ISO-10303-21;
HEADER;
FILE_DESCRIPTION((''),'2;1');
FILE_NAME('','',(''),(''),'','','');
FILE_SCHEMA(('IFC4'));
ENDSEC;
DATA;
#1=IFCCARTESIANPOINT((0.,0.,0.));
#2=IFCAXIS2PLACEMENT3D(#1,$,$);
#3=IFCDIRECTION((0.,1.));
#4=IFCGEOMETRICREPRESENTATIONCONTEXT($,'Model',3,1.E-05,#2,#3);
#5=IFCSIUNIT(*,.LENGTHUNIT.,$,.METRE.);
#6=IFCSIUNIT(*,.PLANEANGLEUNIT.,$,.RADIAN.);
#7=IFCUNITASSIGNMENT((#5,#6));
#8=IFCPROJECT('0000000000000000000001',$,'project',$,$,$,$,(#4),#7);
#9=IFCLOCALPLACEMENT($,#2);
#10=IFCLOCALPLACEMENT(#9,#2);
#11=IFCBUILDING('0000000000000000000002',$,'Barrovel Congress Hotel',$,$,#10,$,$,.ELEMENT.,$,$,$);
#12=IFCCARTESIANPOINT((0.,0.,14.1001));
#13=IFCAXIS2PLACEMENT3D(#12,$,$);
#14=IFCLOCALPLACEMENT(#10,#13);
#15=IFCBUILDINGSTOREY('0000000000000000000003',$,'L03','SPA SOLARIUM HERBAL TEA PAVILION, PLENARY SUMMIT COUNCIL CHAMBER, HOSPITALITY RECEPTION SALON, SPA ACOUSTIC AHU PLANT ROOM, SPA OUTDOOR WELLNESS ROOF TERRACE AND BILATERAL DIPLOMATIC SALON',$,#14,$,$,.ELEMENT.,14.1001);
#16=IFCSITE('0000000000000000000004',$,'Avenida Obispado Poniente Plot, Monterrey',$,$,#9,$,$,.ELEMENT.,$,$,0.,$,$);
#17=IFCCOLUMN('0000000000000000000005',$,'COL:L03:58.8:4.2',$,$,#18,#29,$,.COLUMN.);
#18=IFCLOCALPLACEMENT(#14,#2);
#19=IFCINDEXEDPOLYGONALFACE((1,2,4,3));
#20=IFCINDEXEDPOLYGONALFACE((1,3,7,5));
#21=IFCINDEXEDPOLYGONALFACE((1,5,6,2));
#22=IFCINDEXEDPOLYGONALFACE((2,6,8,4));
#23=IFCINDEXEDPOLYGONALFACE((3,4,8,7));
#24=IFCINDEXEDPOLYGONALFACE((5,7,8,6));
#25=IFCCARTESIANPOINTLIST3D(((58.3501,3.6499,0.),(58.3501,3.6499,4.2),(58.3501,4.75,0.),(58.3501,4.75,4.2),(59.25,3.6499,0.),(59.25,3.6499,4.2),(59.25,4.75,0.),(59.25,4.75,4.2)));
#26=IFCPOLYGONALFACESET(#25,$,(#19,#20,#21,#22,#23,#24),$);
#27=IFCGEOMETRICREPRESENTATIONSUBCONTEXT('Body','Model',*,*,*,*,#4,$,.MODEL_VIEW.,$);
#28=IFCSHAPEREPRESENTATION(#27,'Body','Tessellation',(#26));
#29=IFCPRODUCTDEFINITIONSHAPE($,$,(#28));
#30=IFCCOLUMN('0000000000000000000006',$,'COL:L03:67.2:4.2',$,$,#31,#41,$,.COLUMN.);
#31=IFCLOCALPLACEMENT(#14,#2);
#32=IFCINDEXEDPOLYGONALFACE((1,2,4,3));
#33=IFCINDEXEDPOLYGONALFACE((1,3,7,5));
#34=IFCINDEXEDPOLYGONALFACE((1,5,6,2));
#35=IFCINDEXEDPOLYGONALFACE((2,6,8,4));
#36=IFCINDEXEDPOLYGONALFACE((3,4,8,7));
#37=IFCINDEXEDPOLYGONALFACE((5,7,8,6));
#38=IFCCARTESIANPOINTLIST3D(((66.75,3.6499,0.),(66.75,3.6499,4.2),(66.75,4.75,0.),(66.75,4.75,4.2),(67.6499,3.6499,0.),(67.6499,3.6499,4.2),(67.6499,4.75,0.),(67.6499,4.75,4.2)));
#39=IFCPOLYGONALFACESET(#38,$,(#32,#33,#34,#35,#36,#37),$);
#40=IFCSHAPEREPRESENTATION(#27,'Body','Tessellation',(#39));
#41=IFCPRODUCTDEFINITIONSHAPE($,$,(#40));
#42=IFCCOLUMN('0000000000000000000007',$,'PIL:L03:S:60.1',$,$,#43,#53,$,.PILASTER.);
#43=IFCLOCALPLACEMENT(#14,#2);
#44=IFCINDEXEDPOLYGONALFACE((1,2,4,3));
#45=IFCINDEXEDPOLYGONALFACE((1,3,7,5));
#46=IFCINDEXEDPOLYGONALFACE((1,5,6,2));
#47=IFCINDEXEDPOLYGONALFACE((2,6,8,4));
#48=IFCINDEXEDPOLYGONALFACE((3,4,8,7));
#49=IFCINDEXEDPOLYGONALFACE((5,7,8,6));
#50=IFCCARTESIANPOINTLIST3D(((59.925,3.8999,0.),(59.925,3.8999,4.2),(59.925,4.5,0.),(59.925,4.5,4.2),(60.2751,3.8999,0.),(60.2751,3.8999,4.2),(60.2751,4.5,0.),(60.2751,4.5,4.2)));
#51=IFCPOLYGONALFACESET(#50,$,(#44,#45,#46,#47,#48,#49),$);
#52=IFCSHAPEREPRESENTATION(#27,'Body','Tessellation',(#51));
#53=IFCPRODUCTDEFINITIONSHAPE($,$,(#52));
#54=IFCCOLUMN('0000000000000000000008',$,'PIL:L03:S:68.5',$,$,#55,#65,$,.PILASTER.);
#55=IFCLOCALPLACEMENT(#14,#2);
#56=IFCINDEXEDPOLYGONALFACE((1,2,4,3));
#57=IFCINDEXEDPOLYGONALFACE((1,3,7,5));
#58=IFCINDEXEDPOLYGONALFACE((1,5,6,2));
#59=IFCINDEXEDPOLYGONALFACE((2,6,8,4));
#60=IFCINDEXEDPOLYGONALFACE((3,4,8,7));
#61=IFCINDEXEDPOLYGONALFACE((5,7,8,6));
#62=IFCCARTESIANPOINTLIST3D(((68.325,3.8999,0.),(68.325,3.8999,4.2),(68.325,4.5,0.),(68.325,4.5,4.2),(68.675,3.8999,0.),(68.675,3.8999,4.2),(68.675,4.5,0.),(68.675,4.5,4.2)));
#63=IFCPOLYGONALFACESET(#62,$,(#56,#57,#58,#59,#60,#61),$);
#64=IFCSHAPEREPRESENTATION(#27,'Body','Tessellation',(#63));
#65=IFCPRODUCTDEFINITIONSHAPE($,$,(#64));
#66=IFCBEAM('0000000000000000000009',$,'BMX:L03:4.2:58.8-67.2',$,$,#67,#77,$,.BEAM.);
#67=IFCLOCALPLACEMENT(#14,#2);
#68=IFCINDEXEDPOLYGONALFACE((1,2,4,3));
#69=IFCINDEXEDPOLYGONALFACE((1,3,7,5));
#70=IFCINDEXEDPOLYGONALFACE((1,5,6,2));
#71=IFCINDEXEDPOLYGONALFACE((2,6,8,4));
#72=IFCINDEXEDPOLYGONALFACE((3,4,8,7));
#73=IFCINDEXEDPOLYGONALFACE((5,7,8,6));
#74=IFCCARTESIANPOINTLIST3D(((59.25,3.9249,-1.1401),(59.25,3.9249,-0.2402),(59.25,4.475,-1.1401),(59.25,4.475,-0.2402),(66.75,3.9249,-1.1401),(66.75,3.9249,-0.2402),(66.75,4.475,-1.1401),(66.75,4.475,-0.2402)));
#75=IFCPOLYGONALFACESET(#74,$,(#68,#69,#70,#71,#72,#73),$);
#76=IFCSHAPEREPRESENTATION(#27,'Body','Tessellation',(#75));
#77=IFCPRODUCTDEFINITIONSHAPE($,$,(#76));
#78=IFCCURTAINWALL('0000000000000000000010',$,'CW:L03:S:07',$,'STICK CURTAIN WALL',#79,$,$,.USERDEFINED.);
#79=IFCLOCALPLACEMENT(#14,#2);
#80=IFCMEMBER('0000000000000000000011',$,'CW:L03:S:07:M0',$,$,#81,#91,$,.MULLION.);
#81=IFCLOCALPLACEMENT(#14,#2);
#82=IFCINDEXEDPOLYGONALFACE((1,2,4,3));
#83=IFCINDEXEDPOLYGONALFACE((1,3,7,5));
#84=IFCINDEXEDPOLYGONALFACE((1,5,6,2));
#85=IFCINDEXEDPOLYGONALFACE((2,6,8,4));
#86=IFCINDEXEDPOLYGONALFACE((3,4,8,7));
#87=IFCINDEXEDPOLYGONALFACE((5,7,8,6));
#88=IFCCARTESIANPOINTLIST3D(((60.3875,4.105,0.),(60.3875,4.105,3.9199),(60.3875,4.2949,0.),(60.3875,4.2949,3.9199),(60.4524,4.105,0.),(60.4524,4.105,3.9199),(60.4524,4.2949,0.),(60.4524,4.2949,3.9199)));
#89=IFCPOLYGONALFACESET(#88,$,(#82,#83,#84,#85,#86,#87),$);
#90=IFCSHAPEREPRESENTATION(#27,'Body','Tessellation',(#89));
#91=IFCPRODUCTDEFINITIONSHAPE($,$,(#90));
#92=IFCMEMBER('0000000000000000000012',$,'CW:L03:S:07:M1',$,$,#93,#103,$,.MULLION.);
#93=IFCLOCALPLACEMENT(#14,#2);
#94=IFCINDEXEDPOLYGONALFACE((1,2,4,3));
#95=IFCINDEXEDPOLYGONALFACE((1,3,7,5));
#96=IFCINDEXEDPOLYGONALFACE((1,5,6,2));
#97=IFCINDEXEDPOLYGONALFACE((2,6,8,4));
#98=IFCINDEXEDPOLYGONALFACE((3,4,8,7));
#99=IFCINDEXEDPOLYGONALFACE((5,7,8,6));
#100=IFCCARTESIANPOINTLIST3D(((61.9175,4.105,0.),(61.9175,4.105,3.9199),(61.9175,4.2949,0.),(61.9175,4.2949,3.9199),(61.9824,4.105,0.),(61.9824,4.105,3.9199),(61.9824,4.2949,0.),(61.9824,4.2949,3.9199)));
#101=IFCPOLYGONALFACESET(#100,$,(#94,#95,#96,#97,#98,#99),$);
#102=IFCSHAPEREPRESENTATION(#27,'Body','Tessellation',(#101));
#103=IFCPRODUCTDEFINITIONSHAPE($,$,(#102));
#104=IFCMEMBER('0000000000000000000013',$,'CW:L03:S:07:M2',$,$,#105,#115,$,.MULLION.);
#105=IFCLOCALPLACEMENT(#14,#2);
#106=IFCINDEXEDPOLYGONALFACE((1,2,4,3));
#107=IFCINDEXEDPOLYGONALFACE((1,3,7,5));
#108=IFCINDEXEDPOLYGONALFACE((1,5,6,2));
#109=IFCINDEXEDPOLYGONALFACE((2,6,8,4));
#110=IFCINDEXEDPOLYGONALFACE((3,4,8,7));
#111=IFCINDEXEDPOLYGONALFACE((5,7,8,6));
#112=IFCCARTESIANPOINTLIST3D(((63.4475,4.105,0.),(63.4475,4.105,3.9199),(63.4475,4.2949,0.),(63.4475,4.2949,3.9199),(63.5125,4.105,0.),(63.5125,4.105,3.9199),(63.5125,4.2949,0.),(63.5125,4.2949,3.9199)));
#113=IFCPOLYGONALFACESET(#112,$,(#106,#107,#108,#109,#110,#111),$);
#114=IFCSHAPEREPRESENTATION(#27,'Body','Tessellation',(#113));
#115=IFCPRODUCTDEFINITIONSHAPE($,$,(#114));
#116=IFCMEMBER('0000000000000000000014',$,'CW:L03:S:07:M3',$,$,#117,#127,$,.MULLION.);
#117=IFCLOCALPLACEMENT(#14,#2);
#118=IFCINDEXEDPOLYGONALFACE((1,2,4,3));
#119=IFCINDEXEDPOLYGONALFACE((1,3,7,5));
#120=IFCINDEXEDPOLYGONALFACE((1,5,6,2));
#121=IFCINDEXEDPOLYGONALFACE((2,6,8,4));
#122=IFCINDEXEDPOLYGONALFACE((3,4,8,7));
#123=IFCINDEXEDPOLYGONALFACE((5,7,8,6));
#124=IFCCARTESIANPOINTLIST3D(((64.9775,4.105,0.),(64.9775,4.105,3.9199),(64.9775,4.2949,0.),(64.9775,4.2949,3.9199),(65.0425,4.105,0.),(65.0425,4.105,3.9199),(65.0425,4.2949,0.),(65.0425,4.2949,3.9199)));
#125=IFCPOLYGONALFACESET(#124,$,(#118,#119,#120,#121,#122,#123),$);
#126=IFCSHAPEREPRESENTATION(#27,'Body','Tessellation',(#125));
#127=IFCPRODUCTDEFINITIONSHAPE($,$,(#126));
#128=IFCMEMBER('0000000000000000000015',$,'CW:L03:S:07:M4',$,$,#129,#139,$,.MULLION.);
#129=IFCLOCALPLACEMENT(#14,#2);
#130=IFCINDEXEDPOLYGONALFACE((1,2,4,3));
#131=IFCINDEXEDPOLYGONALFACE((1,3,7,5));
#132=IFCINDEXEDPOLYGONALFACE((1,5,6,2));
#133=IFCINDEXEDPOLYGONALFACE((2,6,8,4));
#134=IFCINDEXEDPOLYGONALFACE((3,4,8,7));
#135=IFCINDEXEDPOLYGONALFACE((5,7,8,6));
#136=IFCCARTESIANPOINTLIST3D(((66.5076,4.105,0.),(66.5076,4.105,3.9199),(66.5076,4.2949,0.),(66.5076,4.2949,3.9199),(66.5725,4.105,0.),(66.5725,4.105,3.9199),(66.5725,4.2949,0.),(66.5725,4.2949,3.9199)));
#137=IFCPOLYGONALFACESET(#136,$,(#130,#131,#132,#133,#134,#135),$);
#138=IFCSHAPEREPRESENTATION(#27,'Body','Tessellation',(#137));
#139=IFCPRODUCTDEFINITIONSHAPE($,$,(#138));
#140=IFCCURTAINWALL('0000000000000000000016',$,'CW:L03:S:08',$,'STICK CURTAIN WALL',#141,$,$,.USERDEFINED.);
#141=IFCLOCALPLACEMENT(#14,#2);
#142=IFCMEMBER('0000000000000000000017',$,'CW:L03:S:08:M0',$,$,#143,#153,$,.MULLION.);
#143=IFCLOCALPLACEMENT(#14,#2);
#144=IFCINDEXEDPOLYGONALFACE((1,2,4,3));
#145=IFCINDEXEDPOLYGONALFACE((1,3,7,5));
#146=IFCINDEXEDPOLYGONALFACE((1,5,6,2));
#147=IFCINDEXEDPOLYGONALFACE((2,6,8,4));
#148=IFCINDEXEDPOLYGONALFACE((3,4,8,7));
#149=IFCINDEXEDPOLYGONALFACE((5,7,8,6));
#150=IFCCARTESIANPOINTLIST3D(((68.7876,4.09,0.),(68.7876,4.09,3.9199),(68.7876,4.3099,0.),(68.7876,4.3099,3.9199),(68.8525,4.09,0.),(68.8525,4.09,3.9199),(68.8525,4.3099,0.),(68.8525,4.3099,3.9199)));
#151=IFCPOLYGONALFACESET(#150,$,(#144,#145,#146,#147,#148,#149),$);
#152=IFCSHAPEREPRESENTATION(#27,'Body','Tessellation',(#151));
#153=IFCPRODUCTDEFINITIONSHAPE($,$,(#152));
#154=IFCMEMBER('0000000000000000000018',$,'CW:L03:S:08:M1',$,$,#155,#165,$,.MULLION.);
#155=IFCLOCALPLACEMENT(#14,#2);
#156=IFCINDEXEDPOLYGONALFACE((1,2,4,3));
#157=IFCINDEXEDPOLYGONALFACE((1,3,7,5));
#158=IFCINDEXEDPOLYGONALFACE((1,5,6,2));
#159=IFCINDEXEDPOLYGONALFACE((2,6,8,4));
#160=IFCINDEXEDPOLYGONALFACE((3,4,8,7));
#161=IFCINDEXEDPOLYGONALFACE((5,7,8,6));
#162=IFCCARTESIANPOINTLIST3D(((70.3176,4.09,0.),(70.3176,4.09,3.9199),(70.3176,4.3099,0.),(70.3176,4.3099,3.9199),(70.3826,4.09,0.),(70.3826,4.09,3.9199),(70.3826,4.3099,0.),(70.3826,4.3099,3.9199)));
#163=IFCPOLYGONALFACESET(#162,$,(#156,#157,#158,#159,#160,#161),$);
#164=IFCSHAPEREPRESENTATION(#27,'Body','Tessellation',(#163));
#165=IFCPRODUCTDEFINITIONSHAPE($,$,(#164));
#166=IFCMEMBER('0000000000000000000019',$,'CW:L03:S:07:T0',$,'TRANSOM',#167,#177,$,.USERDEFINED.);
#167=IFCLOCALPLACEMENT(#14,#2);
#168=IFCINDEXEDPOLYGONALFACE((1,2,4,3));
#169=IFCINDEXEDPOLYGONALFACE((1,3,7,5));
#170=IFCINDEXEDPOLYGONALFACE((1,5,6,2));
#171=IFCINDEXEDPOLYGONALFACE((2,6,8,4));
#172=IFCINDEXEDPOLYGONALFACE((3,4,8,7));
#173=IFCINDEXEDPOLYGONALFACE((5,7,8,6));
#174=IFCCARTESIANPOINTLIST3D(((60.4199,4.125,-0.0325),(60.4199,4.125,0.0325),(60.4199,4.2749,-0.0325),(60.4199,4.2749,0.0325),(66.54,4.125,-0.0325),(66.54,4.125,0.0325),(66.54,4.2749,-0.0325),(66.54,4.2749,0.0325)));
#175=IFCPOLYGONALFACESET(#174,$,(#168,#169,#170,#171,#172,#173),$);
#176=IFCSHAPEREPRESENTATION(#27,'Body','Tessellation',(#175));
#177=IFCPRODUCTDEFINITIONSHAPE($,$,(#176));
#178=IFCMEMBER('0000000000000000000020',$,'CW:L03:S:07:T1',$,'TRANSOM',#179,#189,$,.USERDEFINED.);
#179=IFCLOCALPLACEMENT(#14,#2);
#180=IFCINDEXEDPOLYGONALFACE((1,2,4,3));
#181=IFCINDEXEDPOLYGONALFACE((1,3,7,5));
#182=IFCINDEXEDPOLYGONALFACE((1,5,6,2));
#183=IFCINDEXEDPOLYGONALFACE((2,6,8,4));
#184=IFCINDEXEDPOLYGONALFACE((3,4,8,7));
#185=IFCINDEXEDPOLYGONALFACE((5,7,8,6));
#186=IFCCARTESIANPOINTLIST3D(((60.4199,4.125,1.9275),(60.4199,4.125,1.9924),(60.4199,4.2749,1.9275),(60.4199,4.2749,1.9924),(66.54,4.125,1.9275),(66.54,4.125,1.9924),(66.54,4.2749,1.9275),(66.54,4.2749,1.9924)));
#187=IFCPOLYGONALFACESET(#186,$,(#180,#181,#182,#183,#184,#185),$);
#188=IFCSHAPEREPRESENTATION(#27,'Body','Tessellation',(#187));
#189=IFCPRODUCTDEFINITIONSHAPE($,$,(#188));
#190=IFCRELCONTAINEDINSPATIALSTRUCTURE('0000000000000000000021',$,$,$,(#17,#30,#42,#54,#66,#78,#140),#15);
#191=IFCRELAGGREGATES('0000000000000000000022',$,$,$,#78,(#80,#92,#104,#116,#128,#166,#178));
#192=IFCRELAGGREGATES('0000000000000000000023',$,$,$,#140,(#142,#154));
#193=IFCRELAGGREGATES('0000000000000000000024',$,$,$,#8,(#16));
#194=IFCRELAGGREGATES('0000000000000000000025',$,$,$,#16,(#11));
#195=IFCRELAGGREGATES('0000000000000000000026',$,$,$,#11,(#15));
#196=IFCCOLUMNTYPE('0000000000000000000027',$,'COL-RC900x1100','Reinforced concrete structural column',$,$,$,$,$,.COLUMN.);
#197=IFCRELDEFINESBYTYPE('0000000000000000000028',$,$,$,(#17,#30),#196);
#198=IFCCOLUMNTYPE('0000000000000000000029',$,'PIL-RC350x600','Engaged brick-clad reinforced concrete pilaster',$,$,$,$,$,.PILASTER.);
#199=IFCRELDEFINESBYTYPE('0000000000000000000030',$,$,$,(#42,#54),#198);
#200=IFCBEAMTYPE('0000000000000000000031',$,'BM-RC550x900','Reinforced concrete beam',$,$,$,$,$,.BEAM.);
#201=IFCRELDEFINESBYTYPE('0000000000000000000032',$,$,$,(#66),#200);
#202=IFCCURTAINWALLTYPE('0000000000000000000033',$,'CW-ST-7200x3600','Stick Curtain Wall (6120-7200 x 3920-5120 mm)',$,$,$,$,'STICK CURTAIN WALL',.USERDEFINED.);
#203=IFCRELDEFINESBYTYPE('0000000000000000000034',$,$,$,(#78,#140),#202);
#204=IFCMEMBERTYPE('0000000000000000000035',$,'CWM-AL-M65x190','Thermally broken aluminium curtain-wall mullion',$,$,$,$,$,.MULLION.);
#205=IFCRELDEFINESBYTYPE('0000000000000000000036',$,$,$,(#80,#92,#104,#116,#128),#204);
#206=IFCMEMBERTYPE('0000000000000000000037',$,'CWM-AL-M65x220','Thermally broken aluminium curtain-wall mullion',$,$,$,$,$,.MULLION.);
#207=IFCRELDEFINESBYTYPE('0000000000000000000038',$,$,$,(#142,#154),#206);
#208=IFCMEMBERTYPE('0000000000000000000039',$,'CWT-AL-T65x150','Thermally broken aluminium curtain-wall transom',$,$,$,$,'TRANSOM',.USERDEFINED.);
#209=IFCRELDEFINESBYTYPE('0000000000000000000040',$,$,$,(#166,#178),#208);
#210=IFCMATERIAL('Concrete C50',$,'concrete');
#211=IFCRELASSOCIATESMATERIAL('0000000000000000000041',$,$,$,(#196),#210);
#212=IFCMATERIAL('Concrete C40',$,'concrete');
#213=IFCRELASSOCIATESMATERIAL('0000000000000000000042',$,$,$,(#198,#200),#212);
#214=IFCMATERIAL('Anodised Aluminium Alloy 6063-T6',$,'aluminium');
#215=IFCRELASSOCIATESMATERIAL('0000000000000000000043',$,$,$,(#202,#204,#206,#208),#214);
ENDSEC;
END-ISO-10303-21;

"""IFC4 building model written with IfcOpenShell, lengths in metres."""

from ifc_helpers import new_model, si_unit, direction, frame, origin, origin_2d, place, context, subcontext, project, spatial, rectangle, extrude, material, material_profile, profile_set, type_object, element, aggregate, save


model = new_model("IFC4")

# Units and contexts
model_context = context("Model", 3, precision=1e-05, world=origin(), true_north=direction((0.0, 1.0)))
body_context = subcontext(model_context, "Body", "Model", "MODEL_VIEW")
ifc_project = project(units=[si_unit("LENGTHUNIT", "METRE"), si_unit("PLANEANGLEUNIT", "RADIAN")], contexts=[model_context])

# Site, building, storey
site_placement = place(None, origin())
site = spatial("IfcSite", under=ifc_project, at=site_placement, Name="Avenida Obispado Poniente Plot, Monterrey", CompositionType="ELEMENT", RefElevation=0.0)
building_placement = place(site_placement, origin())
building = spatial("IfcBuilding", under=site, at=building_placement, Name="Barrovel Congress Hotel", CompositionType="ELEMENT")
storey_placement = place(building_placement, frame((0.0, 0.0, 14.1001)))
storey = spatial("IfcBuildingStorey", under=building, at=storey_placement, Name="L03", Description="SPA SOLARIUM HERBAL TEA PAVILION, PLENARY SUMMIT COUNCIL CHAMBER, HOSPITALITY RECEPTION SALON, SPA ACOUSTIC AHU PLANT ROOM, SPA OUTDOOR WELLNESS ROOF TERRACE AND BILATERAL DIPLOMATIC SALON", CompositionType="ELEMENT", Elevation=14.1001)

# Columns
ifc_material_1 = material(Name="Concrete C50", Category="concrete")
ifc_material_profile_1 = material_profile(ifc_material_1, rectangle(XDim=0.8999, YDim=1.1001, at=origin_2d()), Name="RC900x1100")
ifc_profile_set_1 = profile_set([ifc_material_profile_1], Name="Concrete C50")
column_type_1 = type_object("IfcColumnType", Name="COL-RC900x1100", Description="Reinforced concrete structural column", PredefinedType="COLUMN", material=ifc_profile_set_1)
for number, where, z_axis, x_axis, name in (
    (1, (58.8, 4.2, 0.0), (0.0, 0.0, 1.0), (1.0, 0.0, 0.0), "COL:L03:58.8:4.2"),
    (2, (67.2, 4.2, 0.0), (0.0, 0.0, 1.0), (1.0, 0.0, 0.0), "COL:L03:67.2:4.2"),
):
    element("IfcColumn", number, at=place(storey_placement, frame(where, z_axis=z_axis, x_axis=x_axis)), inside=storey, type_object=column_type_1, Name=name, PredefinedType="COLUMN", context=body_context, shape_type="SweptSolid", body=[
        extrude(rectangle(XDim=0.8999, YDim=1.1001, at=origin_2d()), origin(), (0.0, 0.0, 1.0), 4.2),
    ])
ifc_material_2 = material(Name="Concrete C40", Category="concrete")
ifc_material_profile_2 = material_profile(ifc_material_2, rectangle(XDim=0.3501, YDim=0.6001, at=origin_2d()), Name="RC350x600")
ifc_profile_set_2 = profile_set([ifc_material_profile_2], Name="Concrete C40")
column_type_2 = type_object("IfcColumnType", Name="PIL-RC350x600", Description="Engaged brick-clad reinforced concrete pilaster", PredefinedType="PILASTER", material=ifc_profile_set_2)
for number, where, z_axis, x_axis, name in (
    (3, (60.1001, 4.2, 0.0), (0.0, 0.0, 1.0), (1.0, 0.0, 0.0), "PIL:L03:S:60.1"),
    (4, (68.5, 4.2, 0.0), (0.0, 0.0, 1.0), (1.0, 0.0, 0.0), "PIL:L03:S:68.5"),
):
    element("IfcColumn", number, at=place(storey_placement, frame(where, z_axis=z_axis, x_axis=x_axis)), inside=storey, type_object=column_type_2, Name=name, PredefinedType="PILASTER", context=body_context, shape_type="SweptSolid", body=[
        extrude(rectangle(XDim=0.3501, YDim=0.6001, at=origin_2d()), origin(), (0.0, 0.0, 1.0), 4.2),
    ])

# Beam
ifc_material_profile_3 = material_profile(ifc_material_2, rectangle(XDim=0.55, YDim=0.8999, at=origin_2d()), Name="RC550x900")
ifc_profile_set_3 = profile_set([ifc_material_profile_3], Name="Concrete C40")
beam_type_1 = type_object("IfcBeamType", Name="BM-RC550x900", Description="Reinforced concrete beam", PredefinedType="BEAM", material=ifc_profile_set_3)
beam_1_placement = place(storey_placement, frame((59.25, 4.2, -0.6902), z_axis=(1.0, 0.0, 0.0), x_axis=(0.0, 1.0, 0.0)))
element("IfcBeam", 5, at=beam_1_placement, inside=storey, type_object=beam_type_1, Name="BMX:L03:4.2:58.8-67.2", PredefinedType="BEAM", context=body_context, shape_type="SweptSolid", body=[
    extrude(rectangle(XDim=0.55, YDim=0.8999, at=origin_2d()), origin(), (0.0, 0.0, 1.0), 7.5),
])

# Curtain walls, members
ifc_material_3 = material(Name="Anodised Aluminium Alloy 6063-T6", Category="aluminium")
curtain_wall_type = type_object("IfcCurtainWallType", Name="CW-ST-7200x3600", Description="Stick Curtain Wall (6120-7200 x 3920-5120 mm)", ElementType="STICK CURTAIN WALL", PredefinedType="USERDEFINED", material=ifc_material_3)
curtain_wall_1_placement = place(storey_placement, origin())
curtain_wall_1 = element("IfcCurtainWall", 6, at=curtain_wall_1_placement, inside=storey, type_object=curtain_wall_type, Name="CW:L03:S:07", ObjectType="STICK CURTAIN WALL", PredefinedType="USERDEFINED")
ifc_material_profile_4 = material_profile(ifc_material_3, rectangle(XDim=0.0649, YDim=0.1899, at=origin_2d()), Name="AL-M65x190")
ifc_profile_set_4 = profile_set([ifc_material_profile_4], Name="Anodised Aluminium Alloy 6063-T6")
member_type_1 = type_object("IfcMemberType", Name="CWM-AL-M65x190", Description="Thermally broken aluminium curtain-wall mullion", PredefinedType="MULLION", material=ifc_profile_set_4)
member_1_placement = place(storey_placement, frame((60.4199, 4.2, 0.0), z_axis=(0.0, 0.0, 1.0), x_axis=(1.0, 0.0, 0.0)))
member_1 = element("IfcMember", 7, at=member_1_placement, type_object=member_type_1, Name="CW:L03:S:07:M0", PredefinedType="MULLION", context=body_context, shape_type="SweptSolid", body=[
    extrude(rectangle(XDim=0.0649, YDim=0.1899, at=origin_2d()), origin(), (0.0, 0.0, 1.0), 3.9199),
])
member_2_placement = place(storey_placement, frame((61.95, 4.2, 0.0), z_axis=(0.0, 0.0, 1.0), x_axis=(1.0, 0.0, 0.0)))
member_2 = element("IfcMember", 8, at=member_2_placement, type_object=member_type_1, Name="CW:L03:S:07:M1", PredefinedType="MULLION", context=body_context, shape_type="SweptSolid", body=[
    extrude(rectangle(XDim=0.0649, YDim=0.1899, at=origin_2d()), origin(), (0.0, 0.0, 1.0), 3.9199),
])
member_3_placement = place(storey_placement, frame((63.48, 4.2, 0.0), z_axis=(0.0, 0.0, 1.0), x_axis=(1.0, 0.0, 0.0)))
member_3 = element("IfcMember", 9, at=member_3_placement, type_object=member_type_1, Name="CW:L03:S:07:M2", PredefinedType="MULLION", context=body_context, shape_type="SweptSolid", body=[
    extrude(rectangle(XDim=0.0649, YDim=0.1899, at=origin_2d()), origin(), (0.0, 0.0, 1.0), 3.9199),
])
member_4_placement = place(storey_placement, frame((65.01, 4.2, 0.0), z_axis=(0.0, 0.0, 1.0), x_axis=(1.0, 0.0, 0.0)))
member_4 = element("IfcMember", 10, at=member_4_placement, type_object=member_type_1, Name="CW:L03:S:07:M3", PredefinedType="MULLION", context=body_context, shape_type="SweptSolid", body=[
    extrude(rectangle(XDim=0.0649, YDim=0.1899, at=origin_2d()), origin(), (0.0, 0.0, 1.0), 3.9199),
])
member_5_placement = place(storey_placement, frame((66.54, 4.2, 0.0), z_axis=(0.0, 0.0, 1.0), x_axis=(1.0, 0.0, 0.0)))
member_5 = element("IfcMember", 11, at=member_5_placement, type_object=member_type_1, Name="CW:L03:S:07:M4", PredefinedType="MULLION", context=body_context, shape_type="SweptSolid", body=[
    extrude(rectangle(XDim=0.0649, YDim=0.1899, at=origin_2d()), origin(), (0.0, 0.0, 1.0), 3.9199),
])
curtain_wall_2_placement = place(storey_placement, origin())
curtain_wall_2 = element("IfcCurtainWall", 12, at=curtain_wall_2_placement, inside=storey, type_object=curtain_wall_type, Name="CW:L03:S:08", ObjectType="STICK CURTAIN WALL", PredefinedType="USERDEFINED")
ifc_material_profile_5 = material_profile(ifc_material_3, rectangle(XDim=0.0649, YDim=0.22, at=origin_2d()), Name="AL-M65x220")
ifc_profile_set_5 = profile_set([ifc_material_profile_5], Name="Anodised Aluminium Alloy 6063-T6")
member_type_2 = type_object("IfcMemberType", Name="CWM-AL-M65x220", Description="Thermally broken aluminium curtain-wall mullion", PredefinedType="MULLION", material=ifc_profile_set_5)
member_6_placement = place(storey_placement, frame((68.8201, 4.2, 0.0), z_axis=(0.0, 0.0, 1.0), x_axis=(1.0, 0.0, 0.0)))
member_6 = element("IfcMember", 13, at=member_6_placement, type_object=member_type_2, Name="CW:L03:S:08:M0", PredefinedType="MULLION", context=body_context, shape_type="SweptSolid", body=[
    extrude(rectangle(XDim=0.0649, YDim=0.22, at=origin_2d()), origin(), (0.0, 0.0, 1.0), 3.9199),
])
member_7_placement = place(storey_placement, frame((70.3501, 4.2, 0.0), z_axis=(0.0, 0.0, 1.0), x_axis=(1.0, 0.0, 0.0)))
member_7 = element("IfcMember", 14, at=member_7_placement, type_object=member_type_2, Name="CW:L03:S:08:M1", PredefinedType="MULLION", context=body_context, shape_type="SweptSolid", body=[
    extrude(rectangle(XDim=0.0649, YDim=0.22, at=origin_2d()), origin(), (0.0, 0.0, 1.0), 3.9199),
])

# Members
ifc_material_profile_6 = material_profile(ifc_material_3, rectangle(XDim=0.1499, YDim=0.0649, at=origin_2d()), Name="AL-T65x150")
ifc_profile_set_6 = profile_set([ifc_material_profile_6], Name="Anodised Aluminium Alloy 6063-T6")
member_type_3 = type_object("IfcMemberType", Name="CWT-AL-T65x150", Description="Thermally broken aluminium curtain-wall transom", ElementType="TRANSOM", PredefinedType="USERDEFINED", material=ifc_profile_set_6)
member_8_placement = place(storey_placement, frame((60.4199, 4.2, 0.0), z_axis=(1.0, 0.0, 0.0), x_axis=(0.0, 1.0, 0.0)))
member_8 = element("IfcMember", 15, at=member_8_placement, type_object=member_type_3, Name="CW:L03:S:07:T0", ObjectType="TRANSOM", PredefinedType="USERDEFINED", context=body_context, shape_type="SweptSolid", body=[
    extrude(rectangle(XDim=0.1499, YDim=0.0649, at=origin_2d()), origin(), (0.0, 0.0, 1.0), 6.1201),
])
member_9_placement = place(storey_placement, frame((60.4199, 4.2, 1.96), z_axis=(1.0, 0.0, 0.0), x_axis=(0.0, 1.0, 0.0)))
member_9 = element("IfcMember", 16, at=member_9_placement, type_object=member_type_3, Name="CW:L03:S:07:T1", ObjectType="TRANSOM", PredefinedType="USERDEFINED", context=body_context, shape_type="SweptSolid", body=[
    extrude(rectangle(XDim=0.1499, YDim=0.0649, at=origin_2d()), origin(), (0.0, 0.0, 1.0), 6.1201),
])

aggregate(curtain_wall_1, [member_1, member_2, member_3, member_4, member_5, member_8, member_9])
aggregate(curtain_wall_2, [member_6, member_7])

save(model, "model.ifc")
